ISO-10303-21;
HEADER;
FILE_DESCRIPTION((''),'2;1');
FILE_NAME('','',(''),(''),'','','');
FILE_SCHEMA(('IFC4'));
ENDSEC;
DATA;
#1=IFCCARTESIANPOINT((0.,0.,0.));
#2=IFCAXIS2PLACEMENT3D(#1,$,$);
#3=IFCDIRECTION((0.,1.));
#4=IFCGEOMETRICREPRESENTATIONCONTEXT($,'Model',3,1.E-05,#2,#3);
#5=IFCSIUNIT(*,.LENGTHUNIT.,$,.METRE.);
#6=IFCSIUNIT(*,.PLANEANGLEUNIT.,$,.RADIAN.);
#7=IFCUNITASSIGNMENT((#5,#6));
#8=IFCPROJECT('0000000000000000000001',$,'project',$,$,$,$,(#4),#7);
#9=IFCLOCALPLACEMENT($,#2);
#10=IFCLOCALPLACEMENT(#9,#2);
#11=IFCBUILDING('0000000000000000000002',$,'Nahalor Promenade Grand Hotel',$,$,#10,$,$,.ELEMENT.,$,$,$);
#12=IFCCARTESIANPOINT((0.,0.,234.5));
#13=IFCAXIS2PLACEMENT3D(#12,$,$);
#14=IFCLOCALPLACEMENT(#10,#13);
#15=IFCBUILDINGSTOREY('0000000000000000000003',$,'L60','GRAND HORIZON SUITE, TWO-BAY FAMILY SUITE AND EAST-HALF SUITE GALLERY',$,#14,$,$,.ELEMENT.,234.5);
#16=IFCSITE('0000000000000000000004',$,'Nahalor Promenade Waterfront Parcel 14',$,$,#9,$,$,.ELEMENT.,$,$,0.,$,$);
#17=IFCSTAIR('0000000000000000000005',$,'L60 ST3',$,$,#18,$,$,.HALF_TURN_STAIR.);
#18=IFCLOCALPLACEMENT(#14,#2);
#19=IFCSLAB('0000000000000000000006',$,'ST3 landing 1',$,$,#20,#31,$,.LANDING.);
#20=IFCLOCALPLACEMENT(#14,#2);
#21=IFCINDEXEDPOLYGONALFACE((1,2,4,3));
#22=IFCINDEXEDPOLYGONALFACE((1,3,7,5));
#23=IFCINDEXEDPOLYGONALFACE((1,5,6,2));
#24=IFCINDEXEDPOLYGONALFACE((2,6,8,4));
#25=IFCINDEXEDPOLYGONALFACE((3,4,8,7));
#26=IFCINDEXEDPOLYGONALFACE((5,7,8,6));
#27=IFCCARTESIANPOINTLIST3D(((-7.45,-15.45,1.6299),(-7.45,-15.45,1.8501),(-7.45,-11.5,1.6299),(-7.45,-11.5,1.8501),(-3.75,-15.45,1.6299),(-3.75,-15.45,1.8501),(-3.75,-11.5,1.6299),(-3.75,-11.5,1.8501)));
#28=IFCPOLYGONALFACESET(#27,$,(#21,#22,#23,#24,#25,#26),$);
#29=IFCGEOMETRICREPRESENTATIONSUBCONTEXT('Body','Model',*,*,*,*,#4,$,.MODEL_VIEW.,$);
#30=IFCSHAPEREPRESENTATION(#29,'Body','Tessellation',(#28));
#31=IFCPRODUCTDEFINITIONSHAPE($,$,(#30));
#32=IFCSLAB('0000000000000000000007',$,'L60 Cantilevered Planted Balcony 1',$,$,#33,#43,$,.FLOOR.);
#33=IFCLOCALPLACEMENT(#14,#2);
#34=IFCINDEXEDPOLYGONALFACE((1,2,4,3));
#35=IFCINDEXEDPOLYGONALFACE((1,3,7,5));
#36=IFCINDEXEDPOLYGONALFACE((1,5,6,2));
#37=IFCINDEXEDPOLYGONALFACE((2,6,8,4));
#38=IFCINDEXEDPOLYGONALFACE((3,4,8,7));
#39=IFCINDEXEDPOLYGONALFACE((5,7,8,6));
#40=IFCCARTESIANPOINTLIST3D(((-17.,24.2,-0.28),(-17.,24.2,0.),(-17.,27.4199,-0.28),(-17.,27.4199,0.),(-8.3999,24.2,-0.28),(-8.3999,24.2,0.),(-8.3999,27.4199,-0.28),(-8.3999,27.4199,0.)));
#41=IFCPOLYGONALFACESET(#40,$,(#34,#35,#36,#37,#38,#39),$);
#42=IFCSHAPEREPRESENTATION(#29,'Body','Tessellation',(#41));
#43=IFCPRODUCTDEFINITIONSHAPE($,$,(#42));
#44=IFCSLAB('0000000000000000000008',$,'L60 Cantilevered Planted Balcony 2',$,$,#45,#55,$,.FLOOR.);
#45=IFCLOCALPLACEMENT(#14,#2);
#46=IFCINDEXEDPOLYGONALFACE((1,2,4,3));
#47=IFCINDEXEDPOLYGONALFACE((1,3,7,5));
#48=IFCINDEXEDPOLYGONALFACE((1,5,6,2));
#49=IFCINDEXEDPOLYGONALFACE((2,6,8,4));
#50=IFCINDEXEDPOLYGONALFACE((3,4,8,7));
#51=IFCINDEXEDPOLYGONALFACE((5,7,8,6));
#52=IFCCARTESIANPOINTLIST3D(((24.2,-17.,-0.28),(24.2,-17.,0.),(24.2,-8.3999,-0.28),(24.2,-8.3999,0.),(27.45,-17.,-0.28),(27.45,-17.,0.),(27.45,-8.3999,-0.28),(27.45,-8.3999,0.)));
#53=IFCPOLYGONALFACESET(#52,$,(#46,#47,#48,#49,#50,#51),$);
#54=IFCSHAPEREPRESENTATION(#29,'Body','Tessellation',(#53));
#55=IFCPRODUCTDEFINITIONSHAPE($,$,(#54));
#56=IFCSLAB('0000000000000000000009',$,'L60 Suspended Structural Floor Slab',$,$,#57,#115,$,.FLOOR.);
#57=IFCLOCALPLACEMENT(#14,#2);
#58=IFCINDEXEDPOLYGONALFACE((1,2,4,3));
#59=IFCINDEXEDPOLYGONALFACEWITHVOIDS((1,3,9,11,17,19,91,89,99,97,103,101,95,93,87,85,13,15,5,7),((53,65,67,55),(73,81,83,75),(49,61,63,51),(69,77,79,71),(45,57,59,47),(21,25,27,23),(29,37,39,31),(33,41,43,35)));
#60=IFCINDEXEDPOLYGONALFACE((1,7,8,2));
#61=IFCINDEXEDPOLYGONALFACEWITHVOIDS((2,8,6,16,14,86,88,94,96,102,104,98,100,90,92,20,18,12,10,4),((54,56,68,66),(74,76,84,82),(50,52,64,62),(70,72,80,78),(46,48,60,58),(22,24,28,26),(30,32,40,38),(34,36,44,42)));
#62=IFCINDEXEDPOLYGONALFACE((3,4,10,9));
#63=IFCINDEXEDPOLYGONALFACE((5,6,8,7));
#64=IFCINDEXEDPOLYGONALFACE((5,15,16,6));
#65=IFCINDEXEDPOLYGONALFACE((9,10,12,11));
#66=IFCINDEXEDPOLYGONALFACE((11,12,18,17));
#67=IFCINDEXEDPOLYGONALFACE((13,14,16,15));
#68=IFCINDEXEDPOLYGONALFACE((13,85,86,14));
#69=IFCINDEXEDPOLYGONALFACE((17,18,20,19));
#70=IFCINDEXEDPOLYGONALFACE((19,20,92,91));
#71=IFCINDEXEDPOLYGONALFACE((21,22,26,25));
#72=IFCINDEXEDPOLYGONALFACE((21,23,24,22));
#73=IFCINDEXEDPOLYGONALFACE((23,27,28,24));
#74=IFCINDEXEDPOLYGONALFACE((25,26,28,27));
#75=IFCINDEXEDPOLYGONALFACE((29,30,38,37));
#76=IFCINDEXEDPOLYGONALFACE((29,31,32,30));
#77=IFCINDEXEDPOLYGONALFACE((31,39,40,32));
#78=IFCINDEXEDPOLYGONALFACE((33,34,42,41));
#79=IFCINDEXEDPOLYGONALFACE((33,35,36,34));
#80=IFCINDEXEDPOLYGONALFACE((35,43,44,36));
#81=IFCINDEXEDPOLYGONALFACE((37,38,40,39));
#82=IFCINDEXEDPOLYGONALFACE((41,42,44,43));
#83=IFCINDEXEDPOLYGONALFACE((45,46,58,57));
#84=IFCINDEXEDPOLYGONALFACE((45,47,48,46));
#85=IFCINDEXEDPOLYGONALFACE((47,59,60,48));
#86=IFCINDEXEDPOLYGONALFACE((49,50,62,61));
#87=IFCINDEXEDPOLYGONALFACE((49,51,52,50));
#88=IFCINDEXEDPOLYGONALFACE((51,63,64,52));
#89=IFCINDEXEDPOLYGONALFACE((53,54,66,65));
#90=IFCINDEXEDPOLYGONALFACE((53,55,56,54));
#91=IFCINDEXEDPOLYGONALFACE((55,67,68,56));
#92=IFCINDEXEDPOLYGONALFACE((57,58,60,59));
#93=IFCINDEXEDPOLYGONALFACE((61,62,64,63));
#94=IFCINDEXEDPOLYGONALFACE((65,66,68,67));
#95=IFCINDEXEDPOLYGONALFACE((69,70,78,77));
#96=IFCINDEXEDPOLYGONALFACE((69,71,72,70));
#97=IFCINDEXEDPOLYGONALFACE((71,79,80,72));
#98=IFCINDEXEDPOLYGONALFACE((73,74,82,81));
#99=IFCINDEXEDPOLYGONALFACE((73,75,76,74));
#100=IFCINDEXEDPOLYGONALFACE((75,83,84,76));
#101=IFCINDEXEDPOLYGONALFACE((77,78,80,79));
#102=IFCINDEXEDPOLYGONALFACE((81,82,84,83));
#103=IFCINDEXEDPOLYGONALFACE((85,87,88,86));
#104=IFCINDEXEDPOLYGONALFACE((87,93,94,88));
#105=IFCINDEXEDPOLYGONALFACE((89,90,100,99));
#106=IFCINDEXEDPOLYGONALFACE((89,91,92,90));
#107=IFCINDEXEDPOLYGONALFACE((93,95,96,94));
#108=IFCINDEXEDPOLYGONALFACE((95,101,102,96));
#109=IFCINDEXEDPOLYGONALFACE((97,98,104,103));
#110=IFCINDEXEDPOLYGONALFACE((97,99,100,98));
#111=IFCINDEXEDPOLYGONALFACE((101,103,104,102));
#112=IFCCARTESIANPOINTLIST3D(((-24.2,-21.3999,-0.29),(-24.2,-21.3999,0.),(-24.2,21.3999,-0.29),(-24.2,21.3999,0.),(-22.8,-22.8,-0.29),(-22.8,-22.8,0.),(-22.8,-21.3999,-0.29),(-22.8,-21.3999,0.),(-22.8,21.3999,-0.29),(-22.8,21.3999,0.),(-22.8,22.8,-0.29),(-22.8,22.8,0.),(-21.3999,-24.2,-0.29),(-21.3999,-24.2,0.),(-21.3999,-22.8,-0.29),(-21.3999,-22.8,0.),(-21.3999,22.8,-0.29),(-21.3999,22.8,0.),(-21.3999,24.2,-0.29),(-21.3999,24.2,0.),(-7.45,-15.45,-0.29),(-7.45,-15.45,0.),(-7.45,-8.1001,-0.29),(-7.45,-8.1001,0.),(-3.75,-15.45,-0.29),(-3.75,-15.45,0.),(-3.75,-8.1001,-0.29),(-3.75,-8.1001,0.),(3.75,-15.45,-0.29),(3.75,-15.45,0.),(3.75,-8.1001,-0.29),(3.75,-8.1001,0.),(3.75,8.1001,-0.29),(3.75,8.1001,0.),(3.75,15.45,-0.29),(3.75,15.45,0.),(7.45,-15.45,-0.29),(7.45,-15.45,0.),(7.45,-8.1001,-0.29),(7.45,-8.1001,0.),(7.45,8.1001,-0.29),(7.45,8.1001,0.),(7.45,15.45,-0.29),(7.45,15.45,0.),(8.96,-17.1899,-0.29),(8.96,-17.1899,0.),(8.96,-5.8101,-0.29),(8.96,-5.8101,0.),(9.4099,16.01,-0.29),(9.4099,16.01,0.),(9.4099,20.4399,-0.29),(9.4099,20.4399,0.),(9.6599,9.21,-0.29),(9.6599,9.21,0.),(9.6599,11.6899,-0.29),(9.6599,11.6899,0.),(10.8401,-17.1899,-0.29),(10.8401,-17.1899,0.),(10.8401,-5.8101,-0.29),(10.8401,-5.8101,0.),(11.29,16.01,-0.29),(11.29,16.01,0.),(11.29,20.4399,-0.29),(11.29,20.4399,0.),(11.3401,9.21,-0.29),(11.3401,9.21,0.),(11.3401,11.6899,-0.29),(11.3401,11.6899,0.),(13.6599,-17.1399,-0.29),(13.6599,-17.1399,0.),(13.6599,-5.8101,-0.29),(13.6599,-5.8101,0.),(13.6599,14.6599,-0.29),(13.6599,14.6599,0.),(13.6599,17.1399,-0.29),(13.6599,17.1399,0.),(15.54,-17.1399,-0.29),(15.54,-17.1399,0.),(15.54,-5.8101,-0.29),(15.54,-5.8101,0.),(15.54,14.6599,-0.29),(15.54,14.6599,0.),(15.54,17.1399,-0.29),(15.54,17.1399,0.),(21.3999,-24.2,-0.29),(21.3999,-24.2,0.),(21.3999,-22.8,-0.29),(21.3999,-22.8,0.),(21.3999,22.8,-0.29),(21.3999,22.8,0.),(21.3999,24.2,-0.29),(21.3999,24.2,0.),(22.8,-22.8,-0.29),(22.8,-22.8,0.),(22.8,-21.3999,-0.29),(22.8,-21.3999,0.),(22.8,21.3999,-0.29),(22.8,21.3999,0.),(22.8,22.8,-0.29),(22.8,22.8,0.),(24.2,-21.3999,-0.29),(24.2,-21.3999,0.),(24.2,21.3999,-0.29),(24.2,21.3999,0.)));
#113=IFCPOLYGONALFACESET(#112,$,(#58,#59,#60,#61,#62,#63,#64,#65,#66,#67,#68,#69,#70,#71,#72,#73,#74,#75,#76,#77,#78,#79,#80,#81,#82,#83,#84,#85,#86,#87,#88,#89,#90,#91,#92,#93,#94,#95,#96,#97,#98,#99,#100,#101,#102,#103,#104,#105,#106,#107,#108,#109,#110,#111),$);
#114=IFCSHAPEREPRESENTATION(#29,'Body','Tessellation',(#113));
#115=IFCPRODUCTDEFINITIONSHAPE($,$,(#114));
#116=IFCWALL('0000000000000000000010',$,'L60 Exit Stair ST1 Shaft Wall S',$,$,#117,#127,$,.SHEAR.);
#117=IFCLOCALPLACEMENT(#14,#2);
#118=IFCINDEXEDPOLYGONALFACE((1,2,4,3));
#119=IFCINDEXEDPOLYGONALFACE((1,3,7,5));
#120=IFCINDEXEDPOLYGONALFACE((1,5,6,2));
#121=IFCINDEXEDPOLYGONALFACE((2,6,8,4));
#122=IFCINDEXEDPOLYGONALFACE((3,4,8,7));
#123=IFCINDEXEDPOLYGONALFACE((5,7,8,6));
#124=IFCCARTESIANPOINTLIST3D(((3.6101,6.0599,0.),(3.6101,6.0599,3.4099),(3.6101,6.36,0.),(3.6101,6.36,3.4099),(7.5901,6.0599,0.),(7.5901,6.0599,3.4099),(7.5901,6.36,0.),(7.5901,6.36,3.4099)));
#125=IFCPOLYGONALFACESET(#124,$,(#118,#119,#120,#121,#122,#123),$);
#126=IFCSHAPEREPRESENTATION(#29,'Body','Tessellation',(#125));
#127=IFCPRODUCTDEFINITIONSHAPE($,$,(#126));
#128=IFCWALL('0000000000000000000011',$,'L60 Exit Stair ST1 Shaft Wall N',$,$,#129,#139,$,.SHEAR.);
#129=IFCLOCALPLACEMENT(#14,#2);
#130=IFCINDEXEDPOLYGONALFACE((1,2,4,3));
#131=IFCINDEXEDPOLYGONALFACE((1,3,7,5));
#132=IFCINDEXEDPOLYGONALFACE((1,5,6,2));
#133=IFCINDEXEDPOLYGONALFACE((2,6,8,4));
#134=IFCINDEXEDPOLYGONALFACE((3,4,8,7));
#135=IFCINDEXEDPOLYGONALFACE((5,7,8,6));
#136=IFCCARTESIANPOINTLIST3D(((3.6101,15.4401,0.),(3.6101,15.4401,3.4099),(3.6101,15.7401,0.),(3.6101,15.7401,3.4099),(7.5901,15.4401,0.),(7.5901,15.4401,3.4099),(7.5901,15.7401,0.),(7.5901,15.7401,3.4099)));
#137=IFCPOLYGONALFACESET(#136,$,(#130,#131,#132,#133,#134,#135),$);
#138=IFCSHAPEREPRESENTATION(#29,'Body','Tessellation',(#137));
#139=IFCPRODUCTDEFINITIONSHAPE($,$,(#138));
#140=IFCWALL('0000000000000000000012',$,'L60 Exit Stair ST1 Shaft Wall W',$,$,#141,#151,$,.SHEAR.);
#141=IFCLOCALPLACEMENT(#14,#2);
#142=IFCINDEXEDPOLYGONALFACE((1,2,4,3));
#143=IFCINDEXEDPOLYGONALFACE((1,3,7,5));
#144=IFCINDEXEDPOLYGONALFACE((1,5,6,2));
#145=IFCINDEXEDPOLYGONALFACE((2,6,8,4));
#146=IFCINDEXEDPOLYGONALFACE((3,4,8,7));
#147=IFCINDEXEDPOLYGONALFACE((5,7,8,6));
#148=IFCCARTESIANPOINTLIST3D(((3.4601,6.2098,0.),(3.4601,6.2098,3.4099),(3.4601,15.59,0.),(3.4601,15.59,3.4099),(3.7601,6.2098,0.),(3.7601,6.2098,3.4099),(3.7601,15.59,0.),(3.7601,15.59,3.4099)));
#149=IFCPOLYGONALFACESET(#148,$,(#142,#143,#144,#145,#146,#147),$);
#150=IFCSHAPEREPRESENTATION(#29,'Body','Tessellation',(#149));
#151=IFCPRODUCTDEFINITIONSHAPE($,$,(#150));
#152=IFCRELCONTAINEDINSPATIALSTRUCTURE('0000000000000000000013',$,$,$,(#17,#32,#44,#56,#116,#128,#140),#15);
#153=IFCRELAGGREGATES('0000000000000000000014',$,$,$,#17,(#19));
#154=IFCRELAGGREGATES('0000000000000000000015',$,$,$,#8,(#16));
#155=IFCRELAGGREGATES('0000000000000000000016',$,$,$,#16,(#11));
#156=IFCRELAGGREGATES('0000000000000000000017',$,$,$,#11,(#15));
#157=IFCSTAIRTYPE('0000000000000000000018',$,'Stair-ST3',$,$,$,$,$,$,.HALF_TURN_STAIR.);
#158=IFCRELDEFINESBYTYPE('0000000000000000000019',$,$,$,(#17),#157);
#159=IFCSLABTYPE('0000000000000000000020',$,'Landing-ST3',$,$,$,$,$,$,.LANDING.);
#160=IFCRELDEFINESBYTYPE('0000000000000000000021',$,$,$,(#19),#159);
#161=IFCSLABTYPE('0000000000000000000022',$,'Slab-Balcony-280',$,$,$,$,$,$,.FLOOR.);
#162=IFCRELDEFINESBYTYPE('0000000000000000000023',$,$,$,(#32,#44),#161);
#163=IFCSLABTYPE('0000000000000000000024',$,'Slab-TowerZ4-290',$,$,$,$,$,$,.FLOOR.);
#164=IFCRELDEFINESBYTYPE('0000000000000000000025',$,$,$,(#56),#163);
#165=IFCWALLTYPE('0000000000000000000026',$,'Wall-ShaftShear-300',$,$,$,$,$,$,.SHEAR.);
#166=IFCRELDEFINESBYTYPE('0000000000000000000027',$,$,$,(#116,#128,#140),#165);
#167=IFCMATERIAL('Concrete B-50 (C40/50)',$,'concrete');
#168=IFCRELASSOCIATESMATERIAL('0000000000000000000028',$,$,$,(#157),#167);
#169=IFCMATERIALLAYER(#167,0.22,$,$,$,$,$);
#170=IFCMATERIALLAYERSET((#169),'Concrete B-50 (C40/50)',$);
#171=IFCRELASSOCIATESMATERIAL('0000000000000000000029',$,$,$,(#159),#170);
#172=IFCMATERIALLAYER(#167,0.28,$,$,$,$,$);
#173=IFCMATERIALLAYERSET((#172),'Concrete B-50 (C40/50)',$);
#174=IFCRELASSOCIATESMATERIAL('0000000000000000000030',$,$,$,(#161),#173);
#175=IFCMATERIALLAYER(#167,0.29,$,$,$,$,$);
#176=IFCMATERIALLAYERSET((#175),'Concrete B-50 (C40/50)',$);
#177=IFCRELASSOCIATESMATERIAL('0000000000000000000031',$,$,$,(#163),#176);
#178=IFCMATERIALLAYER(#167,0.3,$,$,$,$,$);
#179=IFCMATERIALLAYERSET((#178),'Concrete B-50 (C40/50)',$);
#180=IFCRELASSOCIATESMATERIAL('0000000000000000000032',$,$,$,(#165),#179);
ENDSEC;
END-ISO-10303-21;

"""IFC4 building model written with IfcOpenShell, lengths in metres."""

from ifc_helpers import new_model, si_unit, direction, frame, frame_2d, origin, place, context, subcontext, project, spatial, polyline, rectangle, outline, extrude, source, transform, mapped, material, layer, layer_set, type_object, element, aggregate, save


model = new_model("IFC4")

# Units and contexts
model_context = context("Model", 3, precision=1e-05, world=origin(), true_north=direction((0.0, 1.0)))
body_context = subcontext(model_context, "Body", "Model", "MODEL_VIEW")
ifc_project = project(units=[si_unit("LENGTHUNIT", "METRE"), si_unit("PLANEANGLEUNIT", "RADIAN")], contexts=[model_context])

# Site, building, storey
site_placement = place(None, origin())
site = spatial("IfcSite", under=ifc_project, at=site_placement, Name="Nahalor Promenade Waterfront Parcel 14", CompositionType="ELEMENT", RefElevation=0.0)
building_placement = place(site_placement, origin())
building = spatial("IfcBuilding", under=site, at=building_placement, Name="Nahalor Promenade Grand Hotel", CompositionType="ELEMENT")
storey_placement = place(building_placement, frame((0.0, 0.0, 234.5)))
storey = spatial("IfcBuildingStorey", under=building, at=storey_placement, Name="L60", Description="GRAND HORIZON SUITE, TWO-BAY FAMILY SUITE AND EAST-HALF SUITE GALLERY", CompositionType="ELEMENT", Elevation=234.5)

# Stair, slab
ifc_material_1 = material(Name="Concrete B-50 (C40/50)", Category="concrete")
stair_type_1 = type_object("IfcStairType", Name="Stair-ST3", PredefinedType="HALF_TURN_STAIR", material=ifc_material_1)
stair_1_placement = place(storey_placement, origin())
stair_1 = element("IfcStair", 1, at=stair_1_placement, inside=storey, type_object=stair_type_1, Name="L60 ST3", PredefinedType="HALF_TURN_STAIR")
ifc_layer_1 = layer(ifc_material_1, 0.22)
ifc_layer_set_1 = layer_set([ifc_layer_1], Name="Concrete B-50 (C40/50)")
slab_type_1 = type_object("IfcSlabType", Name="Landing-ST3", PredefinedType="LANDING", material=ifc_layer_set_1)
slab_1_placement = place(storey_placement, frame((0.0, 0.0, 1.6299)))
slab_1 = element("IfcSlab", 2, at=slab_1_placement, type_object=slab_type_1, Name="ST3 landing 1", PredefinedType="LANDING", context=body_context, shape_type="SweptSolid", body=[
    extrude(outline(polyline([(-7.45, -11.5), (-7.45, -15.45), (-3.75, -15.45), (-3.75, -11.5), (-7.45, -11.5)])), origin(), (0.0, 0.0, 1.0), 0.2202),
])
aggregate(stair_1, [slab_1])

# Slabs
ifc_layer_2 = layer(ifc_material_1, 0.28)
ifc_layer_set_2 = layer_set([ifc_layer_2], Name="Concrete B-50 (C40/50)")
slab_type_2 = type_object("IfcSlabType", Name="Slab-Balcony-280", PredefinedType="FLOOR", material=ifc_layer_set_2)
slab_2_placement = place(storey_placement, frame((0.0, 0.0, -0.28)))
element("IfcSlab", 3, at=slab_2_placement, inside=storey, type_object=slab_type_2, Name="L60 Cantilevered Planted Balcony 1", PredefinedType="FLOOR", context=body_context, shape_type="SweptSolid", body=[
    extrude(outline(polyline([(-17.0, 24.2), (-8.3999, 24.2), (-8.3999, 27.4199), (-17.0, 27.4199), (-17.0, 24.2)])), origin(), (0.0, 0.0, 1.0), 0.28),
])
slab_3_placement = place(storey_placement, frame((0.0, 0.0, -0.28)))
element("IfcSlab", 4, at=slab_3_placement, inside=storey, type_object=slab_type_2, Name="L60 Cantilevered Planted Balcony 2", PredefinedType="FLOOR", context=body_context, shape_type="SweptSolid", body=[
    extrude(outline(polyline([(24.2, -17.0), (27.45, -17.0), (27.45, -8.3999), (24.2, -8.3999), (24.2, -17.0)])), origin(), (0.0, 0.0, 1.0), 0.28),
])
ifc_layer_3 = layer(ifc_material_1, 0.29)
ifc_layer_set_3 = layer_set([ifc_layer_3], Name="Concrete B-50 (C40/50)")
slab_type_3 = type_object("IfcSlabType", Name="Slab-TowerZ4-290", PredefinedType="FLOOR", material=ifc_layer_set_3)
slab_4_placement = place(storey_placement, frame((0.0, 0.0, -0.29)))
element("IfcSlab", 5, at=slab_4_placement, inside=storey, type_object=slab_type_3, Name="L60 Suspended Structural Floor Slab", PredefinedType="FLOOR", context=body_context, shape_type="SweptSolid", body=[
    extrude(outline(polyline([(-21.3999, -24.2), (21.3999, -24.2), (21.3999, -22.8), (22.8, -22.8), (22.8, -21.3999), (24.2, -21.3999), (24.2, 21.3999), (22.8, 21.3999), (22.8, 22.8), (21.3999, 22.8), (21.3999, 24.2), (-21.3999, 24.2), (-21.3999, 22.8), (-22.8, 22.8), (-22.8, 21.3999), (-24.2, 21.3999), (-24.2, -21.3999), (-22.8, -21.3999), (-22.8, -22.8), (-21.3999, -22.8), (-21.3999, -24.2)]), holes=[polyline([(3.75, 8.1001), (7.45, 8.1001), (7.45, 15.45), (3.75, 15.45), (3.75, 8.1001)]), polyline([(3.75, -15.45), (7.45, -15.45), (7.45, -8.1001), (3.75, -8.1001), (3.75, -15.45)]), polyline([(-7.45, -15.45), (-3.75, -15.45), (-3.75, -8.1001), (-7.45, -8.1001), (-7.45, -15.45)]), polyline([(13.6599, -17.1399), (15.54, -17.1399), (15.54, -5.8101), (13.6599, -5.8101), (13.6599, -17.1399)]), polyline([(8.96, -17.1899), (10.8401, -17.1899), (10.8401, -5.8101), (8.96, -5.8101), (8.96, -17.1899)]), polyline([(9.4099, 16.01), (11.29, 16.01), (11.29, 20.4399), (9.4099, 20.4399), (9.4099, 16.01)]), polyline([(9.6599, 9.21), (11.3401, 9.21), (11.3401, 11.6899), (9.6599, 11.6899), (9.6599, 9.21)]), polyline([(13.6599, 14.6599), (15.54, 14.6599), (15.54, 17.1399), (13.6599, 17.1399), (13.6599, 14.6599)])]), origin(), (0.0, 0.0, 1.0), 0.29),
])

# Walls
ifc_layer_4 = layer(ifc_material_1, 0.3)
ifc_layer_set_4 = layer_set([ifc_layer_4], Name="Concrete B-50 (C40/50)")
wall_type_1 = type_object("IfcWallType", Name="Wall-ShaftShear-300", PredefinedType="SHEAR", material=ifc_layer_set_4)
shared_shape_1 = source(origin(), body_context, "Body", "SweptSolid", [
    extrude(rectangle(XDim=3.98, YDim=0.3, at=frame_2d((1.99, 0.0))), origin(), (0.0, 0.0, 1.0), 3.4099),
])
for number, where, z_axis, x_axis, name in (
    (6, (3.6101, 6.21, 0.0), (0.0, 0.0, 1.0), (1.0, 0.0, 0.0), "L60 Exit Stair ST1 Shaft Wall S"),
    (7, (3.6101, 15.5901, 0.0), (0.0, 0.0, 1.0), (1.0, 0.0, 0.0), "L60 Exit Stair ST1 Shaft Wall N"),
):
    element("IfcWall", number, at=place(storey_placement, frame(where, z_axis=z_axis, x_axis=x_axis)), inside=storey, type_object=wall_type_1, Name=name, PredefinedType="SHEAR", context=body_context, shape_type="MappedRepresentation", body=[
        mapped(shared_shape_1, transform((0.0, 0.0, 0.0), scale=1.0)),
    ])
shared_shape_2 = source(origin(), body_context, "Body", "SweptSolid", [
    extrude(rectangle(XDim=9.3801, YDim=0.3, at=frame_2d((4.6899, 0.0))), origin(), (0.0, 0.0, 1.0), 3.4099),
])
wall_1_placement = place(storey_placement, frame((3.6101, 6.21, 0.0), z_axis=(0.0, 0.0, 1.0), x_axis=(0.0, 1.0, 0.0)))
element("IfcWall", 8, at=wall_1_placement, inside=storey, type_object=wall_type_1, Name="L60 Exit Stair ST1 Shaft Wall W", PredefinedType="SHEAR", context=body_context, shape_type="MappedRepresentation", body=[
    mapped(shared_shape_2, transform((0.0, 0.0, 0.0), scale=1.0)),
])

save(model, "model.ifc")
